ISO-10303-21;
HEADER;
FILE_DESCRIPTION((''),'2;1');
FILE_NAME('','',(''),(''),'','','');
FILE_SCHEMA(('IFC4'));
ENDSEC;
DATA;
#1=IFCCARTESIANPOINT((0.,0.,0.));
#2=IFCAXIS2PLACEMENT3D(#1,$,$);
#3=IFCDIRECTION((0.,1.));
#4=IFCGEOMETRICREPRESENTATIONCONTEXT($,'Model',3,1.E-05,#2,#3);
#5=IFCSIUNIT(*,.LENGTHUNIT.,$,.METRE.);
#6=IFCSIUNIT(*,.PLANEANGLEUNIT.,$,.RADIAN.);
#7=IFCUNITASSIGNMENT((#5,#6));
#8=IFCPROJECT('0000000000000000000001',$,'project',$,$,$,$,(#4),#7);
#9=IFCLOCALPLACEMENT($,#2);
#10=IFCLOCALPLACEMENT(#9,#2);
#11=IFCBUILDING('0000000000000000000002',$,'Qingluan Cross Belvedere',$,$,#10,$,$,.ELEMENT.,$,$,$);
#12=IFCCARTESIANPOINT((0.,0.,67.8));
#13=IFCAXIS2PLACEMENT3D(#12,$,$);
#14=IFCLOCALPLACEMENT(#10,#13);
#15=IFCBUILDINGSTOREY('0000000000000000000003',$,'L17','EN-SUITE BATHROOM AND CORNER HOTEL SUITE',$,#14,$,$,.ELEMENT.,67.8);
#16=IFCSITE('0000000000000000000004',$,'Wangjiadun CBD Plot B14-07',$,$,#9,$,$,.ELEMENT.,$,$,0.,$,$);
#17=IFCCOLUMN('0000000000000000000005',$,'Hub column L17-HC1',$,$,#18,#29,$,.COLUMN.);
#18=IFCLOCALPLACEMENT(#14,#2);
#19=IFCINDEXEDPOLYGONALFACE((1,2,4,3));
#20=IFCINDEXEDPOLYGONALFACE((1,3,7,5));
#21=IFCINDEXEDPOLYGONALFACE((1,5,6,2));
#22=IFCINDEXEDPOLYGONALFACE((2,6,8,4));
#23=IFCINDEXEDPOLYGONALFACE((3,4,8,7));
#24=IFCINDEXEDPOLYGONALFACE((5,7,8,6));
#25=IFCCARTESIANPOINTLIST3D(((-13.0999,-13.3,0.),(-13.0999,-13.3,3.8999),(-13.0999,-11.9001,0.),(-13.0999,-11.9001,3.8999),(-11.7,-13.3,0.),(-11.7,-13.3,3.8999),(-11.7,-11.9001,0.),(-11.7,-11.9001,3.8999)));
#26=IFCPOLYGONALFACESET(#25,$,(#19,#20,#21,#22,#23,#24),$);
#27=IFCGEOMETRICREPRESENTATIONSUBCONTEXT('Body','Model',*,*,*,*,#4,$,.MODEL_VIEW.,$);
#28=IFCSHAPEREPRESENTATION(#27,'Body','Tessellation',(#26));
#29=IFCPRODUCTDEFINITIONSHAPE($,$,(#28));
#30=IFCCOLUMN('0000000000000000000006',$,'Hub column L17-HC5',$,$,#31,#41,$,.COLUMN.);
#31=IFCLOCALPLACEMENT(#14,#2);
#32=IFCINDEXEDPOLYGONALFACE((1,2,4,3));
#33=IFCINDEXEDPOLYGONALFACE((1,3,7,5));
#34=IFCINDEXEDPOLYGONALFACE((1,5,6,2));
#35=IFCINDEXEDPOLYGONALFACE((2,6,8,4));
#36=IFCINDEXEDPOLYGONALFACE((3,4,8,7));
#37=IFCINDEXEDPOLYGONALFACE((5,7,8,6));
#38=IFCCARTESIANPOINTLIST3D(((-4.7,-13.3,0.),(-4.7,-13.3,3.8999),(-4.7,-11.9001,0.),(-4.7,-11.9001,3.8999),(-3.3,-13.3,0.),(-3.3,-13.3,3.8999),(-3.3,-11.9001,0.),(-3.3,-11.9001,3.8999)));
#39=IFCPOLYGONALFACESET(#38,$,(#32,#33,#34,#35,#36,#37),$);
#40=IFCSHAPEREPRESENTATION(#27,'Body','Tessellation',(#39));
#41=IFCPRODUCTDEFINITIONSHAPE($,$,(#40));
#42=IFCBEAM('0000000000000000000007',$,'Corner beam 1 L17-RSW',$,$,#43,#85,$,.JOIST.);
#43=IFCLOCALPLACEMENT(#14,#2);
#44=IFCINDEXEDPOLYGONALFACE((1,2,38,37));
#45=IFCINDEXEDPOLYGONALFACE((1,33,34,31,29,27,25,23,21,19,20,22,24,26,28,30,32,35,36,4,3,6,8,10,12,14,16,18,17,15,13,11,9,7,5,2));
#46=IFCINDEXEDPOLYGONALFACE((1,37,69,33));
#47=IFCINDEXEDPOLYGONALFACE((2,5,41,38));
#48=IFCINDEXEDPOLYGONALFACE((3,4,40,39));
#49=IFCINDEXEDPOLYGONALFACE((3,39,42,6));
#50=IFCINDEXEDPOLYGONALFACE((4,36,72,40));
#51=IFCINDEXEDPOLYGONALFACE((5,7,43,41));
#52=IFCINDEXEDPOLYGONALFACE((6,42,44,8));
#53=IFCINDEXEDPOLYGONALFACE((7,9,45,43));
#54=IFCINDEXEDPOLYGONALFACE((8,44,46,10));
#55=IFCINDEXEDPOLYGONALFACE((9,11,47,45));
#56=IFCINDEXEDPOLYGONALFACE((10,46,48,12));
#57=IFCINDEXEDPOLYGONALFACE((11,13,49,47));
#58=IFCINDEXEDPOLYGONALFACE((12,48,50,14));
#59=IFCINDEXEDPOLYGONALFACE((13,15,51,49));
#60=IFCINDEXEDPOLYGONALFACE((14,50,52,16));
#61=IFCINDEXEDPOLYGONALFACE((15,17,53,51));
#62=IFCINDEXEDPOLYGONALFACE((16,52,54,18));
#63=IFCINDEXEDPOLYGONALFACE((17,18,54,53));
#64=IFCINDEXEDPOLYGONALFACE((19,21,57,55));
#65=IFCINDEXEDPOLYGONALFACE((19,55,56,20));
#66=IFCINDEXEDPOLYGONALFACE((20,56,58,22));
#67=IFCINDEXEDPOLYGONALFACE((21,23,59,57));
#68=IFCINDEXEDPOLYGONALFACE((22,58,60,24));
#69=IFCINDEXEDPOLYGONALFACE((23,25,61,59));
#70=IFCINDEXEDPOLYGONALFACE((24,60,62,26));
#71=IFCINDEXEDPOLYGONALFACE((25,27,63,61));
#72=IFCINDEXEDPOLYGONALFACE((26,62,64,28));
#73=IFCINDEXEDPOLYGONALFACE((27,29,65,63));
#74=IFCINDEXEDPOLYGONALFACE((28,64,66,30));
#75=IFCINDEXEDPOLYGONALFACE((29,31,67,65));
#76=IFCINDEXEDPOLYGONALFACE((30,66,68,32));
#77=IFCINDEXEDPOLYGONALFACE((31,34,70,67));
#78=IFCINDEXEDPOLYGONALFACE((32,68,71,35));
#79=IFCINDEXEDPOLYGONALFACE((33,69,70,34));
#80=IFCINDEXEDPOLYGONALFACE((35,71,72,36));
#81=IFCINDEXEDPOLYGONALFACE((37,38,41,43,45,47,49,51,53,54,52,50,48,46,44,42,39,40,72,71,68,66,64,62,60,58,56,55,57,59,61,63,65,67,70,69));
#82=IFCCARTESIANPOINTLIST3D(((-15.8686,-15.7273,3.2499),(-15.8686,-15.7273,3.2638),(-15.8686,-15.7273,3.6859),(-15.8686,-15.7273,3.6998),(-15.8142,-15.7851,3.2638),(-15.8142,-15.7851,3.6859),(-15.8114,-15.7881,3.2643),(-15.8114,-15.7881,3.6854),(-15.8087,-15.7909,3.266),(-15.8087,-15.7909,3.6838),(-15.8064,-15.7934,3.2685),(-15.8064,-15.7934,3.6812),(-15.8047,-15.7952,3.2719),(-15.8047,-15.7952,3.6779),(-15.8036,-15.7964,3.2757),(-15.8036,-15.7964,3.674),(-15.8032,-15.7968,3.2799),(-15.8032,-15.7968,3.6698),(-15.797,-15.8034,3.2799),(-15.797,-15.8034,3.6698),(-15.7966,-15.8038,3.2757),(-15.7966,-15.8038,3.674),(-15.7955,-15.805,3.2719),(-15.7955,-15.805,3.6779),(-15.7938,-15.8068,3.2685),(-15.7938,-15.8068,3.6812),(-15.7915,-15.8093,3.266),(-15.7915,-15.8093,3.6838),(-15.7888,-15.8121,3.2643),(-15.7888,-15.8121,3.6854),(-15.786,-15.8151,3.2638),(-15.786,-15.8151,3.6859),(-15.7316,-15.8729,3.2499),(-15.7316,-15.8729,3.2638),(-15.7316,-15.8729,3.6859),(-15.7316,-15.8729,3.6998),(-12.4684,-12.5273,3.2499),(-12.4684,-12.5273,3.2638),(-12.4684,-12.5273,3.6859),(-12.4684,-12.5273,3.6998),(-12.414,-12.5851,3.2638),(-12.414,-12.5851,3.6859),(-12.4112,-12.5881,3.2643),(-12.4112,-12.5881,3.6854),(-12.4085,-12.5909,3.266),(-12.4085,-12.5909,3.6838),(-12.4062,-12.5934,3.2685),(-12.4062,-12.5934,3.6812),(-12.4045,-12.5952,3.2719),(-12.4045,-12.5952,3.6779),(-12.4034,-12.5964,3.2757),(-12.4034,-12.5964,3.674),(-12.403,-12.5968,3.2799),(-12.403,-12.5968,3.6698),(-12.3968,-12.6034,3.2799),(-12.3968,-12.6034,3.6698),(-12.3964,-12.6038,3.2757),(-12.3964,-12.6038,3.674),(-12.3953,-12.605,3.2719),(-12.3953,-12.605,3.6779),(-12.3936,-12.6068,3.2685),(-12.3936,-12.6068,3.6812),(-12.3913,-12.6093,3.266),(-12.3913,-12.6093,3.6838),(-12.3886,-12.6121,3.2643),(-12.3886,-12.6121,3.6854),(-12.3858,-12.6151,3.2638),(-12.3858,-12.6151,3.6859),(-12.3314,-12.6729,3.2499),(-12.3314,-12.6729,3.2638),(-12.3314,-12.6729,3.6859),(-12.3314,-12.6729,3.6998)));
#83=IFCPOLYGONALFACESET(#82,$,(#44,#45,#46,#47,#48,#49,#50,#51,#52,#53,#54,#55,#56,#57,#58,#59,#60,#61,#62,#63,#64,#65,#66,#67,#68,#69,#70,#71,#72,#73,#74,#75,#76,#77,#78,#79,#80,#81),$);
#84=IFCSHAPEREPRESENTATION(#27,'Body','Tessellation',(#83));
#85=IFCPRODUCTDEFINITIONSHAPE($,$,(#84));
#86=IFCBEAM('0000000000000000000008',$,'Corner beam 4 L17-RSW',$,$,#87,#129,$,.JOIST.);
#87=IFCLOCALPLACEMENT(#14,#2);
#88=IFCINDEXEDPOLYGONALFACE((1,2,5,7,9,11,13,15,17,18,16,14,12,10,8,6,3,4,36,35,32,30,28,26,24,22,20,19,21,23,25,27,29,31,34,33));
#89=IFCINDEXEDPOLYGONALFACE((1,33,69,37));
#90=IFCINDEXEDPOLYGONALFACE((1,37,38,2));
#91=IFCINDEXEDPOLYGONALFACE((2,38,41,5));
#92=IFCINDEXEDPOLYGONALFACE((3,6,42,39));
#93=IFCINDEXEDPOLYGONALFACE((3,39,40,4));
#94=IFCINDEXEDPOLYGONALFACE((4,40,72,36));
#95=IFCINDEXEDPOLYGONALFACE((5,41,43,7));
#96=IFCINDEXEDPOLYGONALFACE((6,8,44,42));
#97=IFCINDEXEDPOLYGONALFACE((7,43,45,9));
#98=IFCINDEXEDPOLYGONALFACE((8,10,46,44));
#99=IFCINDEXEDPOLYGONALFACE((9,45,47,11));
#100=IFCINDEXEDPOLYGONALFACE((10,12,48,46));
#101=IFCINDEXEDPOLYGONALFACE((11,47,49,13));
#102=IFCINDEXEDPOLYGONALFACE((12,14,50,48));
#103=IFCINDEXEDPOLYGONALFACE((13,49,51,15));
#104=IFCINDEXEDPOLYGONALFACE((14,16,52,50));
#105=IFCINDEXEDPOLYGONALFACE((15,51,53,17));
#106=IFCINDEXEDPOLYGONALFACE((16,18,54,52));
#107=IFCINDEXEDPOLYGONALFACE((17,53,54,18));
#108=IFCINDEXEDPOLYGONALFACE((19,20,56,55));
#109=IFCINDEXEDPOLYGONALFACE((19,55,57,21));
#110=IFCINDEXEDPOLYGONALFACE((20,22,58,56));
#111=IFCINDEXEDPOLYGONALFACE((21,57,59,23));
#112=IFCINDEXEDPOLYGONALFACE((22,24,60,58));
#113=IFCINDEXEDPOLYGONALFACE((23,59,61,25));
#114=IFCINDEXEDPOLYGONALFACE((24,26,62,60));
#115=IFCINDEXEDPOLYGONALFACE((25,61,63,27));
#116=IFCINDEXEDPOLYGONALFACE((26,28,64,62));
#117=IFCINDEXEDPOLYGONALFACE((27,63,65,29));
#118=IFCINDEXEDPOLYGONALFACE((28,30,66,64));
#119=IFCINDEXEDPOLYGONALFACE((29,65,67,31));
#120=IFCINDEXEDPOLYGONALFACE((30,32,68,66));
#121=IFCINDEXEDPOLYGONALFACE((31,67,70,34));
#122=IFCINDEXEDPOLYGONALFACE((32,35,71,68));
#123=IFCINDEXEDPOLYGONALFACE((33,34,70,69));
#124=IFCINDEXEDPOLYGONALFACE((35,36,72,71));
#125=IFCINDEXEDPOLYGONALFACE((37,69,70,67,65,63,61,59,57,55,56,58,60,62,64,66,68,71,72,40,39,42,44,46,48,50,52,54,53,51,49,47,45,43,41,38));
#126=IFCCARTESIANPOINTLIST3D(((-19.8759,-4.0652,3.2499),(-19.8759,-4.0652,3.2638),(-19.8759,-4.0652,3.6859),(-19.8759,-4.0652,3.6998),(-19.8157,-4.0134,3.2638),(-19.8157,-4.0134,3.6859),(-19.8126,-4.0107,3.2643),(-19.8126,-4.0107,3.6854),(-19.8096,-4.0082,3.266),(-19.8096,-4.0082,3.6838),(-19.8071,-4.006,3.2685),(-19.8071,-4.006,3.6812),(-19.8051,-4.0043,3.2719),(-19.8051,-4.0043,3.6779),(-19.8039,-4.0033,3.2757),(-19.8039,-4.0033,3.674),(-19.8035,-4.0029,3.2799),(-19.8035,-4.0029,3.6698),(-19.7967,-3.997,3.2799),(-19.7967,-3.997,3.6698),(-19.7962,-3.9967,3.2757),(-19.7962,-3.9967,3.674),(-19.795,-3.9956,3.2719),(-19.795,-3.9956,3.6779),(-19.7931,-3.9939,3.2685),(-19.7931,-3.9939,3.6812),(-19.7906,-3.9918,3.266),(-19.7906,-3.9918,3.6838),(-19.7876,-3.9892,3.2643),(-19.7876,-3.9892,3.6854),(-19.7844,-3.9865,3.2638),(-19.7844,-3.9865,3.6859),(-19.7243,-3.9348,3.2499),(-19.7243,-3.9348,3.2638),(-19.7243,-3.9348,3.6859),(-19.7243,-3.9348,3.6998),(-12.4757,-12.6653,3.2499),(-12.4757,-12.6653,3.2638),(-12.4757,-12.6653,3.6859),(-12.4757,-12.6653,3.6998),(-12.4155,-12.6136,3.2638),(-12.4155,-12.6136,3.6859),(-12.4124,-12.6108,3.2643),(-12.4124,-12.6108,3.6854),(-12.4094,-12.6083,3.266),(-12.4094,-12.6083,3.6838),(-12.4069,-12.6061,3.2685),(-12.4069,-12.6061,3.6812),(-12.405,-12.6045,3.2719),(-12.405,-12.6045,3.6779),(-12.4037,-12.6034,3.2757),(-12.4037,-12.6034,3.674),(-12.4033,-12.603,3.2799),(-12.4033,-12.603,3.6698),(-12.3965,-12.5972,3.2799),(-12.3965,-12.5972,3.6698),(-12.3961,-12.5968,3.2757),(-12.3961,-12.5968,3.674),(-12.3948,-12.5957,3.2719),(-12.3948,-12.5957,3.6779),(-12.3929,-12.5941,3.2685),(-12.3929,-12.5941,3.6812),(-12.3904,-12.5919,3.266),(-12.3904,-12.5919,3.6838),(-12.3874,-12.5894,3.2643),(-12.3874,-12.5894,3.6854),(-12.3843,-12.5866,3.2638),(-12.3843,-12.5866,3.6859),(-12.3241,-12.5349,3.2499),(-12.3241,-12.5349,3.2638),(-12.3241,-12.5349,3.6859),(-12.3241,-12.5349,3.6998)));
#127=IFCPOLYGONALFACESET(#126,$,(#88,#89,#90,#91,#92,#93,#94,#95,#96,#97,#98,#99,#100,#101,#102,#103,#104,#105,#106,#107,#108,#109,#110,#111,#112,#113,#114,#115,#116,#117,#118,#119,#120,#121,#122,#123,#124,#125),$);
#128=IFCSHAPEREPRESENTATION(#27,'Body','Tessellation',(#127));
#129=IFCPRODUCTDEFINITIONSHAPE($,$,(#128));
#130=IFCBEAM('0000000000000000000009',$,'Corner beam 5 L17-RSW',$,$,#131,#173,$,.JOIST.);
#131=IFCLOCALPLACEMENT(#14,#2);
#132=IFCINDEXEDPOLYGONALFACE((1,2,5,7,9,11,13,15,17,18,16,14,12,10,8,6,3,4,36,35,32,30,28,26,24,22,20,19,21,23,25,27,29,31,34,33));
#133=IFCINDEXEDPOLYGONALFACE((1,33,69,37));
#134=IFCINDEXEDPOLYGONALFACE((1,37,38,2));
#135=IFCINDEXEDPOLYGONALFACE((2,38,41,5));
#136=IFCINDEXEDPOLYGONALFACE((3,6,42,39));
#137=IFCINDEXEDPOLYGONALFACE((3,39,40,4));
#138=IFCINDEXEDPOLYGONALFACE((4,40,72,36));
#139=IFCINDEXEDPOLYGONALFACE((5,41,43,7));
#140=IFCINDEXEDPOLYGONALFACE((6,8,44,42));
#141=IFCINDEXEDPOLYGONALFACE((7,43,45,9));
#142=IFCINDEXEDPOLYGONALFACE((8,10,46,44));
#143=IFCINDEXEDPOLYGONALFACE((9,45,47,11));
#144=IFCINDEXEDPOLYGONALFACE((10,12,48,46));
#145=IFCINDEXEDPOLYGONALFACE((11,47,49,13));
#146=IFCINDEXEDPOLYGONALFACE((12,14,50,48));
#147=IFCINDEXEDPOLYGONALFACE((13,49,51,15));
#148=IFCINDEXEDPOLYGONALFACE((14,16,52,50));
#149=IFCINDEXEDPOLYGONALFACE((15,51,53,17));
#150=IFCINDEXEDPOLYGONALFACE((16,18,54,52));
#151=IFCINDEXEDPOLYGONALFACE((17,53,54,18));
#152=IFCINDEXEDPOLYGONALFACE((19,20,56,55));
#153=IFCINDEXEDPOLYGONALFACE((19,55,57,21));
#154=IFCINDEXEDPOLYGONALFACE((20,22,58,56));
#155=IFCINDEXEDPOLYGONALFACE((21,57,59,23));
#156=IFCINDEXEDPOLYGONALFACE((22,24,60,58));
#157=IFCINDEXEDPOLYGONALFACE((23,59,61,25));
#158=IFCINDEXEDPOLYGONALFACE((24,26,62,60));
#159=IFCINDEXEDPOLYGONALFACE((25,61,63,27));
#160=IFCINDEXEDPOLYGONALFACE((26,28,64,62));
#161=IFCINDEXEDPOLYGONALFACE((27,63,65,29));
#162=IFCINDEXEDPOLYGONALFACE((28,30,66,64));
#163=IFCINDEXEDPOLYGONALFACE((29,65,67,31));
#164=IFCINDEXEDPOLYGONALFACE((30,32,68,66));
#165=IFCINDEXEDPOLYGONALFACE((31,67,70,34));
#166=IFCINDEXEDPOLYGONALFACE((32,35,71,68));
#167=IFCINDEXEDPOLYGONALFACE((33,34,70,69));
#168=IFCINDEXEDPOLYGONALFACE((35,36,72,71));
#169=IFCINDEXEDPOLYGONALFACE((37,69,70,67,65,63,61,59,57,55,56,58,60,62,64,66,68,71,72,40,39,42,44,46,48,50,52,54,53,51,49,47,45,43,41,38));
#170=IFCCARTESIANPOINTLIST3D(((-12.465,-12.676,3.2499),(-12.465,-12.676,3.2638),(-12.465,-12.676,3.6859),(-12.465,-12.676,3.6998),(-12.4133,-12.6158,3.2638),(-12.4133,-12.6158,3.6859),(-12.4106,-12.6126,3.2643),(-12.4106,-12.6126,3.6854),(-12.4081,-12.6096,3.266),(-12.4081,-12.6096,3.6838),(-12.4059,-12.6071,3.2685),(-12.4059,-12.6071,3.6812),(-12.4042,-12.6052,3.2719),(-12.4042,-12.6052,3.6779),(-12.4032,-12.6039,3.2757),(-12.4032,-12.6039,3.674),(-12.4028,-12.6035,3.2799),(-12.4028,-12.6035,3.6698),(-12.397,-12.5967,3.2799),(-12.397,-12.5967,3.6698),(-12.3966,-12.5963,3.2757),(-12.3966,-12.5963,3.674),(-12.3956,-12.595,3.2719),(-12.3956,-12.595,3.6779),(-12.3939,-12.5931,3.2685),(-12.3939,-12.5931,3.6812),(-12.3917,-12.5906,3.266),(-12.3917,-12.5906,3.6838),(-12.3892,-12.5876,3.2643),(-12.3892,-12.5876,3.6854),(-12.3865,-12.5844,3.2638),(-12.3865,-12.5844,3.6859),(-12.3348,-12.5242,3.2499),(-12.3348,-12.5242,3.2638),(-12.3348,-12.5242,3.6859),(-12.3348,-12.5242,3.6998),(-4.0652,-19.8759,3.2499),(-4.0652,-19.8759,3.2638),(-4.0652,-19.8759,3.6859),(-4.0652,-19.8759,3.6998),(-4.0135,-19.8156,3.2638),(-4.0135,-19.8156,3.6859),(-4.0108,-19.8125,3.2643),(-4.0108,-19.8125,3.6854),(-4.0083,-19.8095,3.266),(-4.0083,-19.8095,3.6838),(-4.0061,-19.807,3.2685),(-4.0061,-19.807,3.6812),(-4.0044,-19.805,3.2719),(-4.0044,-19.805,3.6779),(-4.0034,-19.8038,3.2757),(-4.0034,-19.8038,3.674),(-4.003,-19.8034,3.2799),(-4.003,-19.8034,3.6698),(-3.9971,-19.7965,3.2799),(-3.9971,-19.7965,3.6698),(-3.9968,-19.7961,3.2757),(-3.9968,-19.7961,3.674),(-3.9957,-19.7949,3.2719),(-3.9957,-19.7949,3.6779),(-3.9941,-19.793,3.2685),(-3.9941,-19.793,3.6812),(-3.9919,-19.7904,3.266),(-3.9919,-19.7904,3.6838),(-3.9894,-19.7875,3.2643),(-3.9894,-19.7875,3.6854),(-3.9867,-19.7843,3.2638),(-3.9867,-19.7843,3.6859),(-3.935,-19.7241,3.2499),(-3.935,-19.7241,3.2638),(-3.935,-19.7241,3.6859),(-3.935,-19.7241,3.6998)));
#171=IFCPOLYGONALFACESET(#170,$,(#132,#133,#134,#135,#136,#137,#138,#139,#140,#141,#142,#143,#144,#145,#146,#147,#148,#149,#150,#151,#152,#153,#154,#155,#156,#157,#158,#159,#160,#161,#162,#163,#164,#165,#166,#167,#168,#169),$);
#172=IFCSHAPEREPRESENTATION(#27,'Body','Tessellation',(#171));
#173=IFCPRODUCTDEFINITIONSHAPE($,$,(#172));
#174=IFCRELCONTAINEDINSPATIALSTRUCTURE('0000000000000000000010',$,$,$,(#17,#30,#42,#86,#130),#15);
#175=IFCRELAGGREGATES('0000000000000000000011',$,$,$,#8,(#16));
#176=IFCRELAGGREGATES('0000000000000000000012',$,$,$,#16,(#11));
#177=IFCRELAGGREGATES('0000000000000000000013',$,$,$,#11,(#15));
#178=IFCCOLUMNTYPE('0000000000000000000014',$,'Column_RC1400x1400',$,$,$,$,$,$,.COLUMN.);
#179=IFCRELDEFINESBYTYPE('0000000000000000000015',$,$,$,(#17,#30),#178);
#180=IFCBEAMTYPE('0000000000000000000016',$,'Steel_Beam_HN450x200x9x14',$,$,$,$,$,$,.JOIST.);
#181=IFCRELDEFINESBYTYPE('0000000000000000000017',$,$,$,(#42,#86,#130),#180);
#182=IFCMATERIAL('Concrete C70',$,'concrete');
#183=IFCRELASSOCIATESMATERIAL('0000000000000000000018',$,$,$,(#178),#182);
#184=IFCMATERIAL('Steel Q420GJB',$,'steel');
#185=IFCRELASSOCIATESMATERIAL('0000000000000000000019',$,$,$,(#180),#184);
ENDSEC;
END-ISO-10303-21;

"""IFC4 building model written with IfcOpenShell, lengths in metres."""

from ifc_helpers import new_model, si_unit, direction, frame, origin, origin_2d, place, context, subcontext, project, spatial, rectangle, i_section, extrude, material, material_profile, profile_set, type_object, element, save


model = new_model("IFC4")

# Units and contexts
model_context = context("Model", 3, precision=1e-05, world=origin(), true_north=direction((0.0, 1.0)))
body_context = subcontext(model_context, "Body", "Model", "MODEL_VIEW")
ifc_project = project(units=[si_unit("LENGTHUNIT", "METRE"), si_unit("PLANEANGLEUNIT", "RADIAN")], contexts=[model_context])

# Site, building, storey
site_placement = place(None, origin())
site = spatial("IfcSite", under=ifc_project, at=site_placement, Name="Wangjiadun CBD Plot B14-07", CompositionType="ELEMENT", RefElevation=0.0)
building_placement = place(site_placement, origin())
building = spatial("IfcBuilding", under=site, at=building_placement, Name="Qingluan Cross Belvedere", CompositionType="ELEMENT")
storey_placement = place(building_placement, frame((0.0, 0.0, 67.8)))
storey = spatial("IfcBuildingStorey", under=building, at=storey_placement, Name="L17", Description="EN-SUITE BATHROOM AND CORNER HOTEL SUITE", CompositionType="ELEMENT", Elevation=67.8)

# Columns
ifc_material_1 = material(Name="Concrete C70", Category="concrete")
ifc_material_profile_1 = material_profile(ifc_material_1, rectangle(XDim=1.3999, YDim=1.3999, at=origin_2d()), Name="RC1400x1400")
ifc_profile_set_1 = profile_set([ifc_material_profile_1], Name="Concrete C70")
column_type = type_object("IfcColumnType", Name="Column_RC1400x1400", PredefinedType="COLUMN", material=ifc_profile_set_1)
for number, where, z_axis, x_axis, name in (
    (1, (-12.3999, -12.6001, 0.0), (0.0, 0.0, 1.0), (1.0, 0.0, 0.0), "Hub column L17-HC1"),
    (2, (-4.0, -12.6001, 0.0), (0.0, 0.0, 1.0), (1.0, 0.0, 0.0), "Hub column L17-HC5"),
):
    element("IfcColumn", number, at=place(storey_placement, frame(where, z_axis=z_axis, x_axis=x_axis)), inside=storey, type_object=column_type, Name=name, PredefinedType="COLUMN", context=body_context, shape_type="SweptSolid", body=[
        extrude(rectangle(XDim=1.3999, YDim=1.3999, at=origin_2d()), origin(), (0.0, 0.0, 1.0), 3.8999),
    ])

# Beams
ifc_material_2 = material(Name="Steel Q420GJB", Category="steel")
ifc_material_profile_2 = material_profile(ifc_material_2, i_section(OverallWidth=0.2, OverallDepth=0.45, WebThickness=0.009, FlangeThickness=0.0139, FilletRadius=0.0161, at=origin_2d()), Name="HN450x200x9x14")
ifc_profile_set_2 = profile_set([ifc_material_profile_2], Name="Steel Q420GJB")
beam_type_1 = type_object("IfcBeamType", Name="Steel_Beam_HN450x200x9x14", PredefinedType="JOIST", material=ifc_profile_set_2)
beam_1_placement = place(storey_placement, frame((-12.3999, -12.6001, 3.4749), z_axis=(-0.72822, -0.685343, 0.0), x_axis=(0.685343, -0.72822, 0.0)))
element("IfcBeam", 3, at=beam_1_placement, inside=storey, type_object=beam_type_1, Name="Corner beam 1 L17-RSW", PredefinedType="JOIST", context=body_context, shape_type="SweptSolid", body=[
    extrude(i_section(OverallWidth=0.2, OverallDepth=0.45, WebThickness=0.009, FlangeThickness=0.0139, FilletRadius=0.0161, at=origin_2d()), origin(), (0.0, 0.0, 1.0), 4.6692),
])
beam_2_placement = place(storey_placement, frame((-12.3999, -12.6001, 3.4749), z_axis=(-0.652245, 0.758008, 0.0), x_axis=(-0.758008, -0.652245, 0.0)))
element("IfcBeam", 4, at=beam_2_placement, inside=storey, type_object=beam_type_1, Name="Corner beam 4 L17-RSW", PredefinedType="JOIST", context=body_context, shape_type="SweptSolid", body=[
    extrude(i_section(OverallWidth=0.2, OverallDepth=0.45, WebThickness=0.009, FlangeThickness=0.0139, FilletRadius=0.0161, at=origin_2d()), origin(), (0.0, 0.0, 1.0), 11.3457),
])
beam_3_placement = place(storey_placement, frame((-12.3999, -12.6001, 3.4749), z_axis=(0.759255, -0.650793, 0.0), x_axis=(0.650793, 0.759255, 0.0)))
element("IfcBeam", 5, at=beam_3_placement, inside=storey, type_object=beam_type_1, Name="Corner beam 5 L17-RSW", PredefinedType="JOIST", context=body_context, shape_type="SweptSolid", body=[
    extrude(i_section(OverallWidth=0.2, OverallDepth=0.45, WebThickness=0.009, FlangeThickness=0.0139, FilletRadius=0.0161, at=origin_2d()), origin(), (0.0, 0.0, 1.0), 11.0632),
])

save(model, "model.ifc")
